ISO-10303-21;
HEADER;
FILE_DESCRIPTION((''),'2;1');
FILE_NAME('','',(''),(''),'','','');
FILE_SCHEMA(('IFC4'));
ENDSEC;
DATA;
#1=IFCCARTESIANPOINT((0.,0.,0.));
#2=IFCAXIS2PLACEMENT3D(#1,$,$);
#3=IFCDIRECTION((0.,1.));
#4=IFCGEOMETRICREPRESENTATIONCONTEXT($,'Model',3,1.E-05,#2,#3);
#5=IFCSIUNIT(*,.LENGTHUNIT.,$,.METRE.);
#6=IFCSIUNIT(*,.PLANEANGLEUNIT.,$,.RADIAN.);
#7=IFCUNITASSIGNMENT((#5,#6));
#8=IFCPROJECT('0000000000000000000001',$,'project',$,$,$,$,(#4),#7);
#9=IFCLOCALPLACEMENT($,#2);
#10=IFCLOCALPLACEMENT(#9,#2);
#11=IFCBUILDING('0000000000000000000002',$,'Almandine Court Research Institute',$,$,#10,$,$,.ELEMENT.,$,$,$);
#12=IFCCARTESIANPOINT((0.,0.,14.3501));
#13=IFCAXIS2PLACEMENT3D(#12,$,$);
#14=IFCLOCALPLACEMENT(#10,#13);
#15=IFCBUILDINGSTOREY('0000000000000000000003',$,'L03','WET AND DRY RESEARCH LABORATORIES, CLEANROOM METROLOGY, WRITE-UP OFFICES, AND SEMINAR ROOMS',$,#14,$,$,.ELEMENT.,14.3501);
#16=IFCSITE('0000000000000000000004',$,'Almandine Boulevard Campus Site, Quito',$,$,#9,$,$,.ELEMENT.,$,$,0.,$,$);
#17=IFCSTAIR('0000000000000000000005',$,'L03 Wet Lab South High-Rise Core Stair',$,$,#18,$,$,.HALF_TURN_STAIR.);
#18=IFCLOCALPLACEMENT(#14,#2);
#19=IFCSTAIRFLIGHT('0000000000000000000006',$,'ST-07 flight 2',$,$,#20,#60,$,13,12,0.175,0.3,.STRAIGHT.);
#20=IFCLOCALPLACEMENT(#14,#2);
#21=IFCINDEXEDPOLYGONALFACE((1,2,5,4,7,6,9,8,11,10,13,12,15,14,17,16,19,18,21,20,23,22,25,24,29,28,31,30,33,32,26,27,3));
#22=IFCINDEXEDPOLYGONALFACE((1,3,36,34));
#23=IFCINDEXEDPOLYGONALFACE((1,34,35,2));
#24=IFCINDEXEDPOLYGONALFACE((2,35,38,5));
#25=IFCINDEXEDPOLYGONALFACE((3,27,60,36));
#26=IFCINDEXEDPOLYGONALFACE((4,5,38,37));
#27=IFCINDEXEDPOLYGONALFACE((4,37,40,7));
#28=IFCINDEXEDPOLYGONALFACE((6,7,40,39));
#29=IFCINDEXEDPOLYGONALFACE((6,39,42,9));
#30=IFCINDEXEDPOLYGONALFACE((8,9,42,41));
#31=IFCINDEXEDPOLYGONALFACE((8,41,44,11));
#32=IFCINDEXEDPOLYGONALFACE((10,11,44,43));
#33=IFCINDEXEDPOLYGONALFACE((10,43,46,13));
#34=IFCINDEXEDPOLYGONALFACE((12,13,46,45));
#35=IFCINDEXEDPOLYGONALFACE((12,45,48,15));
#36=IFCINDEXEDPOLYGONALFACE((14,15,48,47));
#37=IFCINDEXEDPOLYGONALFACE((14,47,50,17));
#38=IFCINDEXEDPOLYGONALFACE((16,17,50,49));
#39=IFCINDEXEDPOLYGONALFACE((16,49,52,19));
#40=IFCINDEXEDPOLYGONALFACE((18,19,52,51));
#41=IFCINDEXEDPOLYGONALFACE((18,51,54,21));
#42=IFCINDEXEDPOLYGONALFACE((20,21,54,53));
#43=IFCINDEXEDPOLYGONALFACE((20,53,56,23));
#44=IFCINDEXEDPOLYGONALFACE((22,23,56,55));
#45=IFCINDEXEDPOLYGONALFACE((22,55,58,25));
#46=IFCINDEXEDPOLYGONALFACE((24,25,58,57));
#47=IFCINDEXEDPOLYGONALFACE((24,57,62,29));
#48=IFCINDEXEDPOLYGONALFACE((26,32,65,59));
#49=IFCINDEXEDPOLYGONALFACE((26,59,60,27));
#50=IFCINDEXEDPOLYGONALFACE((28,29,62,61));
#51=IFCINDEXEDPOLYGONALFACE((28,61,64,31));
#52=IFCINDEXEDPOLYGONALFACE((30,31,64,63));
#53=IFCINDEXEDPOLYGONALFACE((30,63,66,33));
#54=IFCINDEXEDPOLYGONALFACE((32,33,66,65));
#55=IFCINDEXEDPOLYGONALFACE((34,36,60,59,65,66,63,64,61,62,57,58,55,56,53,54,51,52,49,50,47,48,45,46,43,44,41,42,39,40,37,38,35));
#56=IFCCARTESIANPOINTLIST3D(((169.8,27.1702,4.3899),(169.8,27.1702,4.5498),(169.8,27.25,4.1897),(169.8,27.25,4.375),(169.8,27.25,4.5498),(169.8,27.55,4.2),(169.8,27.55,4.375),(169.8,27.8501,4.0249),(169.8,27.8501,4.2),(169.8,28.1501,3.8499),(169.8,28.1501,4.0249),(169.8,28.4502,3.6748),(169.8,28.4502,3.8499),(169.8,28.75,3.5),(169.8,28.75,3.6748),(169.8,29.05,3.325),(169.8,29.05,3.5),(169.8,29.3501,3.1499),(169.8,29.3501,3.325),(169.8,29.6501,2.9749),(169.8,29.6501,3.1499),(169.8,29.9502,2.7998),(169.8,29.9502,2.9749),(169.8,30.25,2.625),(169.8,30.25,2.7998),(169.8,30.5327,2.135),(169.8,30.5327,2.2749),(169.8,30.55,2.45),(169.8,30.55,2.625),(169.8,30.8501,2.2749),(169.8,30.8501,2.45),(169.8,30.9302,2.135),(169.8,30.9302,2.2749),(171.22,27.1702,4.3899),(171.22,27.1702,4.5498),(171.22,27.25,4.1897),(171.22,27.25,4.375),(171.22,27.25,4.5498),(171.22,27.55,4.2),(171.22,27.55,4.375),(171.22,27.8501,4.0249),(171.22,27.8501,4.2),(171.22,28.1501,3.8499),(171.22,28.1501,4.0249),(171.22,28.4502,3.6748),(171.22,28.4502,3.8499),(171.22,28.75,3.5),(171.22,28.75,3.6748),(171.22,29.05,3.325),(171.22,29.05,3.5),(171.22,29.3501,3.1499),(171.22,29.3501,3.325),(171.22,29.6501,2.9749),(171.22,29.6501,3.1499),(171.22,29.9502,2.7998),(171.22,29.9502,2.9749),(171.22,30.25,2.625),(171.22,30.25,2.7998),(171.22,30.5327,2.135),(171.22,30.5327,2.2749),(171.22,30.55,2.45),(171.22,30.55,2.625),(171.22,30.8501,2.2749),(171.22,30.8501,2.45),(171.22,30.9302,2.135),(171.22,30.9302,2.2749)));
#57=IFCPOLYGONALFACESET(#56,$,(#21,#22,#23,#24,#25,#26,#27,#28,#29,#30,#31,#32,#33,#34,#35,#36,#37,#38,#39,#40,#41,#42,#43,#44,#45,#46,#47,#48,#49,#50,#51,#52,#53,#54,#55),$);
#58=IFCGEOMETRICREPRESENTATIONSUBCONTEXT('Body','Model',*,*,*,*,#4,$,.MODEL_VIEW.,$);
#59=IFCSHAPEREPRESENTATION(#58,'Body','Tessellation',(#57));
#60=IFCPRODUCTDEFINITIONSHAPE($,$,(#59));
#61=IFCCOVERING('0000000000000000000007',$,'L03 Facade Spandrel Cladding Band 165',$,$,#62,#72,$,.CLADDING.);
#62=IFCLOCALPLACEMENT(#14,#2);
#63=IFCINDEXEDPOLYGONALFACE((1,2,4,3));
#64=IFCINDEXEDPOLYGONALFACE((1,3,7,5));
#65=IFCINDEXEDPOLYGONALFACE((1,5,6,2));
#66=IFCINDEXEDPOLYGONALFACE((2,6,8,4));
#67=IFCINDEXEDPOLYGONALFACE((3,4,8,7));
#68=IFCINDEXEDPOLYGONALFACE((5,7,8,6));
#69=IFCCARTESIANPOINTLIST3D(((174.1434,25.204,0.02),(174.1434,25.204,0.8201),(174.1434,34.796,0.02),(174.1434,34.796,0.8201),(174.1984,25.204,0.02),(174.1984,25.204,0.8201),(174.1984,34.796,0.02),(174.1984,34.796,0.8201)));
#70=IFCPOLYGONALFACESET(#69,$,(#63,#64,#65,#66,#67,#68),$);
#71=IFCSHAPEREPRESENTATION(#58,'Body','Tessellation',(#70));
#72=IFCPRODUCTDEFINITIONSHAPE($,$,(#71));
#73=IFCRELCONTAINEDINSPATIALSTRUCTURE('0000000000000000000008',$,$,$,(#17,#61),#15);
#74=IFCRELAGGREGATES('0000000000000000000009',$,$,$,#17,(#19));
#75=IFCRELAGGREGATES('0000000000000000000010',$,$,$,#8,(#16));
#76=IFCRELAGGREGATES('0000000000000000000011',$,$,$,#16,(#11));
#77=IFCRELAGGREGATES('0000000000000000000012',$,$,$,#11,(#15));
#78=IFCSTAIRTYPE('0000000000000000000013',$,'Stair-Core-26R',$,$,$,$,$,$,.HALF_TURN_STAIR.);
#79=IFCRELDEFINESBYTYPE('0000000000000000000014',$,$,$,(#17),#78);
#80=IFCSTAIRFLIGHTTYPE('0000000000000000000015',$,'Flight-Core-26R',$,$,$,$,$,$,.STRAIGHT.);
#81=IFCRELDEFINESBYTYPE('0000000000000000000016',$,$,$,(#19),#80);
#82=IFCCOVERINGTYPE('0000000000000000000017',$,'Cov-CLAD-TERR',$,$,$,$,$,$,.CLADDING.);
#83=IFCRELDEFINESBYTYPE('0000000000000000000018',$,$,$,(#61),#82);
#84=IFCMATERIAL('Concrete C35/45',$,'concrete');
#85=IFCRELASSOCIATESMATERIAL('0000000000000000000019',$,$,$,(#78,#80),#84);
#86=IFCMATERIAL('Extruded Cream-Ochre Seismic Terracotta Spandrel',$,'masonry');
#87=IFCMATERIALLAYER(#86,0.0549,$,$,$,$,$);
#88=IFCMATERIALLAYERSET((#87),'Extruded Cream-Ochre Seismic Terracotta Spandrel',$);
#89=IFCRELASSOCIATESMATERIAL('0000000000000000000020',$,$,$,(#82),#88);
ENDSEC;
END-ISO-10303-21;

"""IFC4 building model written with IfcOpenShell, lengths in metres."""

from ifc_helpers import new_model, si_unit, direction, frame, origin, origin_2d, place, context, subcontext, project, spatial, polyline, rectangle, outline, extrude, material, layer, layer_set, type_object, element, aggregate, save


model = new_model("IFC4")

# Units and contexts
model_context = context("Model", 3, precision=1e-05, world=origin(), true_north=direction((0.0, 1.0)))
body_context = subcontext(model_context, "Body", "Model", "MODEL_VIEW")
ifc_project = project(units=[si_unit("LENGTHUNIT", "METRE"), si_unit("PLANEANGLEUNIT", "RADIAN")], contexts=[model_context])

# Site, building, storey
site_placement = place(None, origin())
site = spatial("IfcSite", under=ifc_project, at=site_placement, Name="Almandine Boulevard Campus Site, Quito", CompositionType="ELEMENT", RefElevation=0.0)
building_placement = place(site_placement, origin())
building = spatial("IfcBuilding", under=site, at=building_placement, Name="Almandine Court Research Institute", CompositionType="ELEMENT")
storey_placement = place(building_placement, frame((0.0, 0.0, 14.3501)))
storey = spatial("IfcBuildingStorey", under=building, at=storey_placement, Name="L03", Description="WET AND DRY RESEARCH LABORATORIES, CLEANROOM METROLOGY, WRITE-UP OFFICES, AND SEMINAR ROOMS", CompositionType="ELEMENT", Elevation=14.3501)

# Stair, stair flight
ifc_material_1 = material(Name="Concrete C35/45", Category="concrete")
stair_type = type_object("IfcStairType", Name="Stair-Core-26R", PredefinedType="HALF_TURN_STAIR", material=ifc_material_1)
stair_placement = place(storey_placement, origin())
stair = element("IfcStair", 1, at=stair_placement, inside=storey, type_object=stair_type, Name="L03 Wet Lab South High-Rise Core Stair", PredefinedType="HALF_TURN_STAIR")
stair_flight_type = type_object("IfcStairFlightType", Name="Flight-Core-26R", PredefinedType="STRAIGHT", material=ifc_material_1)
stair_flight_1_placement = place(storey_placement, frame((170.51, 30.8501, 2.2749), z_axis=(0.0, 0.0, 1.0), x_axis=(0.0, -1.0, 0.0)))
stair_flight_1 = element("IfcStairFlight", 2, at=stair_flight_1_placement, type_object=stair_flight_type, Name="ST-07 flight 2", NumberOfRisers=13, NumberOfTreads=12, PredefinedType="STRAIGHT", RiserHeight=0.175, TreadLength=0.3, context=body_context, shape_type="SweptSolid", body=[
    extrude(outline(polyline([(-0.0801, -0.1399), (-0.0801, 0.0), (0.0, 0.0), (0.0, 0.175), (0.3, 0.175), (0.3, 0.3501), (0.6001, 0.3501), (0.6001, 0.5249), (0.8999, 0.5249), (0.8999, 0.7), (1.2, 0.7), (1.2, 0.875), (1.5, 0.875), (1.5, 1.05), (1.8, 1.05), (1.8, 1.2251), (2.1001, 1.2251), (2.1001, 1.3999), (2.3999, 1.3999), (2.3999, 1.575), (2.7, 1.575), (2.7, 1.75), (3.0, 1.75), (3.0, 1.925), (3.3, 1.925), (3.3, 2.1001), (3.6001, 2.1001), (3.6001, 2.2749), (3.6799, 2.2749), (3.6799, 2.115), (3.6001, 1.9148), (0.3174, 0.0), (0.3174, -0.1399), (-0.0801, -0.1399)])), frame((0.0, 0.71, 0.0), z_axis=(0.0, -1.0, 0.0), x_axis=(1.0, 0.0, 0.0)), (0.0, 0.0, 1.0), 1.4199),
])
aggregate(stair, [stair_flight_1])

# Covering
ifc_material_2 = material(Name="Extruded Cream-Ochre Seismic Terracotta Spandrel", Category="masonry")
ifc_layer_1 = layer(ifc_material_2, 0.0549)
ifc_layer_set_1 = layer_set([ifc_layer_1], Name="Extruded Cream-Ochre Seismic Terracotta Spandrel")
covering_type = type_object("IfcCoveringType", Name="Cov-CLAD-TERR", PredefinedType="CLADDING", material=ifc_layer_set_1)
covering_placement = place(storey_placement, frame((174.1709, 30.0, 0.02), z_axis=(0.0, 0.0, 1.0), x_axis=(0.0, -1.0, 0.0)))
element("IfcCovering", 3, at=covering_placement, inside=storey, type_object=covering_type, Name="L03 Facade Spandrel Cladding Band 165", PredefinedType="CLADDING", context=body_context, shape_type="SweptSolid", body=[
    extrude(rectangle(XDim=9.592, YDim=0.0549, at=origin_2d()), origin(), (0.0, 0.0, 1.0), 0.8),
])

save(model, "model.ifc")
